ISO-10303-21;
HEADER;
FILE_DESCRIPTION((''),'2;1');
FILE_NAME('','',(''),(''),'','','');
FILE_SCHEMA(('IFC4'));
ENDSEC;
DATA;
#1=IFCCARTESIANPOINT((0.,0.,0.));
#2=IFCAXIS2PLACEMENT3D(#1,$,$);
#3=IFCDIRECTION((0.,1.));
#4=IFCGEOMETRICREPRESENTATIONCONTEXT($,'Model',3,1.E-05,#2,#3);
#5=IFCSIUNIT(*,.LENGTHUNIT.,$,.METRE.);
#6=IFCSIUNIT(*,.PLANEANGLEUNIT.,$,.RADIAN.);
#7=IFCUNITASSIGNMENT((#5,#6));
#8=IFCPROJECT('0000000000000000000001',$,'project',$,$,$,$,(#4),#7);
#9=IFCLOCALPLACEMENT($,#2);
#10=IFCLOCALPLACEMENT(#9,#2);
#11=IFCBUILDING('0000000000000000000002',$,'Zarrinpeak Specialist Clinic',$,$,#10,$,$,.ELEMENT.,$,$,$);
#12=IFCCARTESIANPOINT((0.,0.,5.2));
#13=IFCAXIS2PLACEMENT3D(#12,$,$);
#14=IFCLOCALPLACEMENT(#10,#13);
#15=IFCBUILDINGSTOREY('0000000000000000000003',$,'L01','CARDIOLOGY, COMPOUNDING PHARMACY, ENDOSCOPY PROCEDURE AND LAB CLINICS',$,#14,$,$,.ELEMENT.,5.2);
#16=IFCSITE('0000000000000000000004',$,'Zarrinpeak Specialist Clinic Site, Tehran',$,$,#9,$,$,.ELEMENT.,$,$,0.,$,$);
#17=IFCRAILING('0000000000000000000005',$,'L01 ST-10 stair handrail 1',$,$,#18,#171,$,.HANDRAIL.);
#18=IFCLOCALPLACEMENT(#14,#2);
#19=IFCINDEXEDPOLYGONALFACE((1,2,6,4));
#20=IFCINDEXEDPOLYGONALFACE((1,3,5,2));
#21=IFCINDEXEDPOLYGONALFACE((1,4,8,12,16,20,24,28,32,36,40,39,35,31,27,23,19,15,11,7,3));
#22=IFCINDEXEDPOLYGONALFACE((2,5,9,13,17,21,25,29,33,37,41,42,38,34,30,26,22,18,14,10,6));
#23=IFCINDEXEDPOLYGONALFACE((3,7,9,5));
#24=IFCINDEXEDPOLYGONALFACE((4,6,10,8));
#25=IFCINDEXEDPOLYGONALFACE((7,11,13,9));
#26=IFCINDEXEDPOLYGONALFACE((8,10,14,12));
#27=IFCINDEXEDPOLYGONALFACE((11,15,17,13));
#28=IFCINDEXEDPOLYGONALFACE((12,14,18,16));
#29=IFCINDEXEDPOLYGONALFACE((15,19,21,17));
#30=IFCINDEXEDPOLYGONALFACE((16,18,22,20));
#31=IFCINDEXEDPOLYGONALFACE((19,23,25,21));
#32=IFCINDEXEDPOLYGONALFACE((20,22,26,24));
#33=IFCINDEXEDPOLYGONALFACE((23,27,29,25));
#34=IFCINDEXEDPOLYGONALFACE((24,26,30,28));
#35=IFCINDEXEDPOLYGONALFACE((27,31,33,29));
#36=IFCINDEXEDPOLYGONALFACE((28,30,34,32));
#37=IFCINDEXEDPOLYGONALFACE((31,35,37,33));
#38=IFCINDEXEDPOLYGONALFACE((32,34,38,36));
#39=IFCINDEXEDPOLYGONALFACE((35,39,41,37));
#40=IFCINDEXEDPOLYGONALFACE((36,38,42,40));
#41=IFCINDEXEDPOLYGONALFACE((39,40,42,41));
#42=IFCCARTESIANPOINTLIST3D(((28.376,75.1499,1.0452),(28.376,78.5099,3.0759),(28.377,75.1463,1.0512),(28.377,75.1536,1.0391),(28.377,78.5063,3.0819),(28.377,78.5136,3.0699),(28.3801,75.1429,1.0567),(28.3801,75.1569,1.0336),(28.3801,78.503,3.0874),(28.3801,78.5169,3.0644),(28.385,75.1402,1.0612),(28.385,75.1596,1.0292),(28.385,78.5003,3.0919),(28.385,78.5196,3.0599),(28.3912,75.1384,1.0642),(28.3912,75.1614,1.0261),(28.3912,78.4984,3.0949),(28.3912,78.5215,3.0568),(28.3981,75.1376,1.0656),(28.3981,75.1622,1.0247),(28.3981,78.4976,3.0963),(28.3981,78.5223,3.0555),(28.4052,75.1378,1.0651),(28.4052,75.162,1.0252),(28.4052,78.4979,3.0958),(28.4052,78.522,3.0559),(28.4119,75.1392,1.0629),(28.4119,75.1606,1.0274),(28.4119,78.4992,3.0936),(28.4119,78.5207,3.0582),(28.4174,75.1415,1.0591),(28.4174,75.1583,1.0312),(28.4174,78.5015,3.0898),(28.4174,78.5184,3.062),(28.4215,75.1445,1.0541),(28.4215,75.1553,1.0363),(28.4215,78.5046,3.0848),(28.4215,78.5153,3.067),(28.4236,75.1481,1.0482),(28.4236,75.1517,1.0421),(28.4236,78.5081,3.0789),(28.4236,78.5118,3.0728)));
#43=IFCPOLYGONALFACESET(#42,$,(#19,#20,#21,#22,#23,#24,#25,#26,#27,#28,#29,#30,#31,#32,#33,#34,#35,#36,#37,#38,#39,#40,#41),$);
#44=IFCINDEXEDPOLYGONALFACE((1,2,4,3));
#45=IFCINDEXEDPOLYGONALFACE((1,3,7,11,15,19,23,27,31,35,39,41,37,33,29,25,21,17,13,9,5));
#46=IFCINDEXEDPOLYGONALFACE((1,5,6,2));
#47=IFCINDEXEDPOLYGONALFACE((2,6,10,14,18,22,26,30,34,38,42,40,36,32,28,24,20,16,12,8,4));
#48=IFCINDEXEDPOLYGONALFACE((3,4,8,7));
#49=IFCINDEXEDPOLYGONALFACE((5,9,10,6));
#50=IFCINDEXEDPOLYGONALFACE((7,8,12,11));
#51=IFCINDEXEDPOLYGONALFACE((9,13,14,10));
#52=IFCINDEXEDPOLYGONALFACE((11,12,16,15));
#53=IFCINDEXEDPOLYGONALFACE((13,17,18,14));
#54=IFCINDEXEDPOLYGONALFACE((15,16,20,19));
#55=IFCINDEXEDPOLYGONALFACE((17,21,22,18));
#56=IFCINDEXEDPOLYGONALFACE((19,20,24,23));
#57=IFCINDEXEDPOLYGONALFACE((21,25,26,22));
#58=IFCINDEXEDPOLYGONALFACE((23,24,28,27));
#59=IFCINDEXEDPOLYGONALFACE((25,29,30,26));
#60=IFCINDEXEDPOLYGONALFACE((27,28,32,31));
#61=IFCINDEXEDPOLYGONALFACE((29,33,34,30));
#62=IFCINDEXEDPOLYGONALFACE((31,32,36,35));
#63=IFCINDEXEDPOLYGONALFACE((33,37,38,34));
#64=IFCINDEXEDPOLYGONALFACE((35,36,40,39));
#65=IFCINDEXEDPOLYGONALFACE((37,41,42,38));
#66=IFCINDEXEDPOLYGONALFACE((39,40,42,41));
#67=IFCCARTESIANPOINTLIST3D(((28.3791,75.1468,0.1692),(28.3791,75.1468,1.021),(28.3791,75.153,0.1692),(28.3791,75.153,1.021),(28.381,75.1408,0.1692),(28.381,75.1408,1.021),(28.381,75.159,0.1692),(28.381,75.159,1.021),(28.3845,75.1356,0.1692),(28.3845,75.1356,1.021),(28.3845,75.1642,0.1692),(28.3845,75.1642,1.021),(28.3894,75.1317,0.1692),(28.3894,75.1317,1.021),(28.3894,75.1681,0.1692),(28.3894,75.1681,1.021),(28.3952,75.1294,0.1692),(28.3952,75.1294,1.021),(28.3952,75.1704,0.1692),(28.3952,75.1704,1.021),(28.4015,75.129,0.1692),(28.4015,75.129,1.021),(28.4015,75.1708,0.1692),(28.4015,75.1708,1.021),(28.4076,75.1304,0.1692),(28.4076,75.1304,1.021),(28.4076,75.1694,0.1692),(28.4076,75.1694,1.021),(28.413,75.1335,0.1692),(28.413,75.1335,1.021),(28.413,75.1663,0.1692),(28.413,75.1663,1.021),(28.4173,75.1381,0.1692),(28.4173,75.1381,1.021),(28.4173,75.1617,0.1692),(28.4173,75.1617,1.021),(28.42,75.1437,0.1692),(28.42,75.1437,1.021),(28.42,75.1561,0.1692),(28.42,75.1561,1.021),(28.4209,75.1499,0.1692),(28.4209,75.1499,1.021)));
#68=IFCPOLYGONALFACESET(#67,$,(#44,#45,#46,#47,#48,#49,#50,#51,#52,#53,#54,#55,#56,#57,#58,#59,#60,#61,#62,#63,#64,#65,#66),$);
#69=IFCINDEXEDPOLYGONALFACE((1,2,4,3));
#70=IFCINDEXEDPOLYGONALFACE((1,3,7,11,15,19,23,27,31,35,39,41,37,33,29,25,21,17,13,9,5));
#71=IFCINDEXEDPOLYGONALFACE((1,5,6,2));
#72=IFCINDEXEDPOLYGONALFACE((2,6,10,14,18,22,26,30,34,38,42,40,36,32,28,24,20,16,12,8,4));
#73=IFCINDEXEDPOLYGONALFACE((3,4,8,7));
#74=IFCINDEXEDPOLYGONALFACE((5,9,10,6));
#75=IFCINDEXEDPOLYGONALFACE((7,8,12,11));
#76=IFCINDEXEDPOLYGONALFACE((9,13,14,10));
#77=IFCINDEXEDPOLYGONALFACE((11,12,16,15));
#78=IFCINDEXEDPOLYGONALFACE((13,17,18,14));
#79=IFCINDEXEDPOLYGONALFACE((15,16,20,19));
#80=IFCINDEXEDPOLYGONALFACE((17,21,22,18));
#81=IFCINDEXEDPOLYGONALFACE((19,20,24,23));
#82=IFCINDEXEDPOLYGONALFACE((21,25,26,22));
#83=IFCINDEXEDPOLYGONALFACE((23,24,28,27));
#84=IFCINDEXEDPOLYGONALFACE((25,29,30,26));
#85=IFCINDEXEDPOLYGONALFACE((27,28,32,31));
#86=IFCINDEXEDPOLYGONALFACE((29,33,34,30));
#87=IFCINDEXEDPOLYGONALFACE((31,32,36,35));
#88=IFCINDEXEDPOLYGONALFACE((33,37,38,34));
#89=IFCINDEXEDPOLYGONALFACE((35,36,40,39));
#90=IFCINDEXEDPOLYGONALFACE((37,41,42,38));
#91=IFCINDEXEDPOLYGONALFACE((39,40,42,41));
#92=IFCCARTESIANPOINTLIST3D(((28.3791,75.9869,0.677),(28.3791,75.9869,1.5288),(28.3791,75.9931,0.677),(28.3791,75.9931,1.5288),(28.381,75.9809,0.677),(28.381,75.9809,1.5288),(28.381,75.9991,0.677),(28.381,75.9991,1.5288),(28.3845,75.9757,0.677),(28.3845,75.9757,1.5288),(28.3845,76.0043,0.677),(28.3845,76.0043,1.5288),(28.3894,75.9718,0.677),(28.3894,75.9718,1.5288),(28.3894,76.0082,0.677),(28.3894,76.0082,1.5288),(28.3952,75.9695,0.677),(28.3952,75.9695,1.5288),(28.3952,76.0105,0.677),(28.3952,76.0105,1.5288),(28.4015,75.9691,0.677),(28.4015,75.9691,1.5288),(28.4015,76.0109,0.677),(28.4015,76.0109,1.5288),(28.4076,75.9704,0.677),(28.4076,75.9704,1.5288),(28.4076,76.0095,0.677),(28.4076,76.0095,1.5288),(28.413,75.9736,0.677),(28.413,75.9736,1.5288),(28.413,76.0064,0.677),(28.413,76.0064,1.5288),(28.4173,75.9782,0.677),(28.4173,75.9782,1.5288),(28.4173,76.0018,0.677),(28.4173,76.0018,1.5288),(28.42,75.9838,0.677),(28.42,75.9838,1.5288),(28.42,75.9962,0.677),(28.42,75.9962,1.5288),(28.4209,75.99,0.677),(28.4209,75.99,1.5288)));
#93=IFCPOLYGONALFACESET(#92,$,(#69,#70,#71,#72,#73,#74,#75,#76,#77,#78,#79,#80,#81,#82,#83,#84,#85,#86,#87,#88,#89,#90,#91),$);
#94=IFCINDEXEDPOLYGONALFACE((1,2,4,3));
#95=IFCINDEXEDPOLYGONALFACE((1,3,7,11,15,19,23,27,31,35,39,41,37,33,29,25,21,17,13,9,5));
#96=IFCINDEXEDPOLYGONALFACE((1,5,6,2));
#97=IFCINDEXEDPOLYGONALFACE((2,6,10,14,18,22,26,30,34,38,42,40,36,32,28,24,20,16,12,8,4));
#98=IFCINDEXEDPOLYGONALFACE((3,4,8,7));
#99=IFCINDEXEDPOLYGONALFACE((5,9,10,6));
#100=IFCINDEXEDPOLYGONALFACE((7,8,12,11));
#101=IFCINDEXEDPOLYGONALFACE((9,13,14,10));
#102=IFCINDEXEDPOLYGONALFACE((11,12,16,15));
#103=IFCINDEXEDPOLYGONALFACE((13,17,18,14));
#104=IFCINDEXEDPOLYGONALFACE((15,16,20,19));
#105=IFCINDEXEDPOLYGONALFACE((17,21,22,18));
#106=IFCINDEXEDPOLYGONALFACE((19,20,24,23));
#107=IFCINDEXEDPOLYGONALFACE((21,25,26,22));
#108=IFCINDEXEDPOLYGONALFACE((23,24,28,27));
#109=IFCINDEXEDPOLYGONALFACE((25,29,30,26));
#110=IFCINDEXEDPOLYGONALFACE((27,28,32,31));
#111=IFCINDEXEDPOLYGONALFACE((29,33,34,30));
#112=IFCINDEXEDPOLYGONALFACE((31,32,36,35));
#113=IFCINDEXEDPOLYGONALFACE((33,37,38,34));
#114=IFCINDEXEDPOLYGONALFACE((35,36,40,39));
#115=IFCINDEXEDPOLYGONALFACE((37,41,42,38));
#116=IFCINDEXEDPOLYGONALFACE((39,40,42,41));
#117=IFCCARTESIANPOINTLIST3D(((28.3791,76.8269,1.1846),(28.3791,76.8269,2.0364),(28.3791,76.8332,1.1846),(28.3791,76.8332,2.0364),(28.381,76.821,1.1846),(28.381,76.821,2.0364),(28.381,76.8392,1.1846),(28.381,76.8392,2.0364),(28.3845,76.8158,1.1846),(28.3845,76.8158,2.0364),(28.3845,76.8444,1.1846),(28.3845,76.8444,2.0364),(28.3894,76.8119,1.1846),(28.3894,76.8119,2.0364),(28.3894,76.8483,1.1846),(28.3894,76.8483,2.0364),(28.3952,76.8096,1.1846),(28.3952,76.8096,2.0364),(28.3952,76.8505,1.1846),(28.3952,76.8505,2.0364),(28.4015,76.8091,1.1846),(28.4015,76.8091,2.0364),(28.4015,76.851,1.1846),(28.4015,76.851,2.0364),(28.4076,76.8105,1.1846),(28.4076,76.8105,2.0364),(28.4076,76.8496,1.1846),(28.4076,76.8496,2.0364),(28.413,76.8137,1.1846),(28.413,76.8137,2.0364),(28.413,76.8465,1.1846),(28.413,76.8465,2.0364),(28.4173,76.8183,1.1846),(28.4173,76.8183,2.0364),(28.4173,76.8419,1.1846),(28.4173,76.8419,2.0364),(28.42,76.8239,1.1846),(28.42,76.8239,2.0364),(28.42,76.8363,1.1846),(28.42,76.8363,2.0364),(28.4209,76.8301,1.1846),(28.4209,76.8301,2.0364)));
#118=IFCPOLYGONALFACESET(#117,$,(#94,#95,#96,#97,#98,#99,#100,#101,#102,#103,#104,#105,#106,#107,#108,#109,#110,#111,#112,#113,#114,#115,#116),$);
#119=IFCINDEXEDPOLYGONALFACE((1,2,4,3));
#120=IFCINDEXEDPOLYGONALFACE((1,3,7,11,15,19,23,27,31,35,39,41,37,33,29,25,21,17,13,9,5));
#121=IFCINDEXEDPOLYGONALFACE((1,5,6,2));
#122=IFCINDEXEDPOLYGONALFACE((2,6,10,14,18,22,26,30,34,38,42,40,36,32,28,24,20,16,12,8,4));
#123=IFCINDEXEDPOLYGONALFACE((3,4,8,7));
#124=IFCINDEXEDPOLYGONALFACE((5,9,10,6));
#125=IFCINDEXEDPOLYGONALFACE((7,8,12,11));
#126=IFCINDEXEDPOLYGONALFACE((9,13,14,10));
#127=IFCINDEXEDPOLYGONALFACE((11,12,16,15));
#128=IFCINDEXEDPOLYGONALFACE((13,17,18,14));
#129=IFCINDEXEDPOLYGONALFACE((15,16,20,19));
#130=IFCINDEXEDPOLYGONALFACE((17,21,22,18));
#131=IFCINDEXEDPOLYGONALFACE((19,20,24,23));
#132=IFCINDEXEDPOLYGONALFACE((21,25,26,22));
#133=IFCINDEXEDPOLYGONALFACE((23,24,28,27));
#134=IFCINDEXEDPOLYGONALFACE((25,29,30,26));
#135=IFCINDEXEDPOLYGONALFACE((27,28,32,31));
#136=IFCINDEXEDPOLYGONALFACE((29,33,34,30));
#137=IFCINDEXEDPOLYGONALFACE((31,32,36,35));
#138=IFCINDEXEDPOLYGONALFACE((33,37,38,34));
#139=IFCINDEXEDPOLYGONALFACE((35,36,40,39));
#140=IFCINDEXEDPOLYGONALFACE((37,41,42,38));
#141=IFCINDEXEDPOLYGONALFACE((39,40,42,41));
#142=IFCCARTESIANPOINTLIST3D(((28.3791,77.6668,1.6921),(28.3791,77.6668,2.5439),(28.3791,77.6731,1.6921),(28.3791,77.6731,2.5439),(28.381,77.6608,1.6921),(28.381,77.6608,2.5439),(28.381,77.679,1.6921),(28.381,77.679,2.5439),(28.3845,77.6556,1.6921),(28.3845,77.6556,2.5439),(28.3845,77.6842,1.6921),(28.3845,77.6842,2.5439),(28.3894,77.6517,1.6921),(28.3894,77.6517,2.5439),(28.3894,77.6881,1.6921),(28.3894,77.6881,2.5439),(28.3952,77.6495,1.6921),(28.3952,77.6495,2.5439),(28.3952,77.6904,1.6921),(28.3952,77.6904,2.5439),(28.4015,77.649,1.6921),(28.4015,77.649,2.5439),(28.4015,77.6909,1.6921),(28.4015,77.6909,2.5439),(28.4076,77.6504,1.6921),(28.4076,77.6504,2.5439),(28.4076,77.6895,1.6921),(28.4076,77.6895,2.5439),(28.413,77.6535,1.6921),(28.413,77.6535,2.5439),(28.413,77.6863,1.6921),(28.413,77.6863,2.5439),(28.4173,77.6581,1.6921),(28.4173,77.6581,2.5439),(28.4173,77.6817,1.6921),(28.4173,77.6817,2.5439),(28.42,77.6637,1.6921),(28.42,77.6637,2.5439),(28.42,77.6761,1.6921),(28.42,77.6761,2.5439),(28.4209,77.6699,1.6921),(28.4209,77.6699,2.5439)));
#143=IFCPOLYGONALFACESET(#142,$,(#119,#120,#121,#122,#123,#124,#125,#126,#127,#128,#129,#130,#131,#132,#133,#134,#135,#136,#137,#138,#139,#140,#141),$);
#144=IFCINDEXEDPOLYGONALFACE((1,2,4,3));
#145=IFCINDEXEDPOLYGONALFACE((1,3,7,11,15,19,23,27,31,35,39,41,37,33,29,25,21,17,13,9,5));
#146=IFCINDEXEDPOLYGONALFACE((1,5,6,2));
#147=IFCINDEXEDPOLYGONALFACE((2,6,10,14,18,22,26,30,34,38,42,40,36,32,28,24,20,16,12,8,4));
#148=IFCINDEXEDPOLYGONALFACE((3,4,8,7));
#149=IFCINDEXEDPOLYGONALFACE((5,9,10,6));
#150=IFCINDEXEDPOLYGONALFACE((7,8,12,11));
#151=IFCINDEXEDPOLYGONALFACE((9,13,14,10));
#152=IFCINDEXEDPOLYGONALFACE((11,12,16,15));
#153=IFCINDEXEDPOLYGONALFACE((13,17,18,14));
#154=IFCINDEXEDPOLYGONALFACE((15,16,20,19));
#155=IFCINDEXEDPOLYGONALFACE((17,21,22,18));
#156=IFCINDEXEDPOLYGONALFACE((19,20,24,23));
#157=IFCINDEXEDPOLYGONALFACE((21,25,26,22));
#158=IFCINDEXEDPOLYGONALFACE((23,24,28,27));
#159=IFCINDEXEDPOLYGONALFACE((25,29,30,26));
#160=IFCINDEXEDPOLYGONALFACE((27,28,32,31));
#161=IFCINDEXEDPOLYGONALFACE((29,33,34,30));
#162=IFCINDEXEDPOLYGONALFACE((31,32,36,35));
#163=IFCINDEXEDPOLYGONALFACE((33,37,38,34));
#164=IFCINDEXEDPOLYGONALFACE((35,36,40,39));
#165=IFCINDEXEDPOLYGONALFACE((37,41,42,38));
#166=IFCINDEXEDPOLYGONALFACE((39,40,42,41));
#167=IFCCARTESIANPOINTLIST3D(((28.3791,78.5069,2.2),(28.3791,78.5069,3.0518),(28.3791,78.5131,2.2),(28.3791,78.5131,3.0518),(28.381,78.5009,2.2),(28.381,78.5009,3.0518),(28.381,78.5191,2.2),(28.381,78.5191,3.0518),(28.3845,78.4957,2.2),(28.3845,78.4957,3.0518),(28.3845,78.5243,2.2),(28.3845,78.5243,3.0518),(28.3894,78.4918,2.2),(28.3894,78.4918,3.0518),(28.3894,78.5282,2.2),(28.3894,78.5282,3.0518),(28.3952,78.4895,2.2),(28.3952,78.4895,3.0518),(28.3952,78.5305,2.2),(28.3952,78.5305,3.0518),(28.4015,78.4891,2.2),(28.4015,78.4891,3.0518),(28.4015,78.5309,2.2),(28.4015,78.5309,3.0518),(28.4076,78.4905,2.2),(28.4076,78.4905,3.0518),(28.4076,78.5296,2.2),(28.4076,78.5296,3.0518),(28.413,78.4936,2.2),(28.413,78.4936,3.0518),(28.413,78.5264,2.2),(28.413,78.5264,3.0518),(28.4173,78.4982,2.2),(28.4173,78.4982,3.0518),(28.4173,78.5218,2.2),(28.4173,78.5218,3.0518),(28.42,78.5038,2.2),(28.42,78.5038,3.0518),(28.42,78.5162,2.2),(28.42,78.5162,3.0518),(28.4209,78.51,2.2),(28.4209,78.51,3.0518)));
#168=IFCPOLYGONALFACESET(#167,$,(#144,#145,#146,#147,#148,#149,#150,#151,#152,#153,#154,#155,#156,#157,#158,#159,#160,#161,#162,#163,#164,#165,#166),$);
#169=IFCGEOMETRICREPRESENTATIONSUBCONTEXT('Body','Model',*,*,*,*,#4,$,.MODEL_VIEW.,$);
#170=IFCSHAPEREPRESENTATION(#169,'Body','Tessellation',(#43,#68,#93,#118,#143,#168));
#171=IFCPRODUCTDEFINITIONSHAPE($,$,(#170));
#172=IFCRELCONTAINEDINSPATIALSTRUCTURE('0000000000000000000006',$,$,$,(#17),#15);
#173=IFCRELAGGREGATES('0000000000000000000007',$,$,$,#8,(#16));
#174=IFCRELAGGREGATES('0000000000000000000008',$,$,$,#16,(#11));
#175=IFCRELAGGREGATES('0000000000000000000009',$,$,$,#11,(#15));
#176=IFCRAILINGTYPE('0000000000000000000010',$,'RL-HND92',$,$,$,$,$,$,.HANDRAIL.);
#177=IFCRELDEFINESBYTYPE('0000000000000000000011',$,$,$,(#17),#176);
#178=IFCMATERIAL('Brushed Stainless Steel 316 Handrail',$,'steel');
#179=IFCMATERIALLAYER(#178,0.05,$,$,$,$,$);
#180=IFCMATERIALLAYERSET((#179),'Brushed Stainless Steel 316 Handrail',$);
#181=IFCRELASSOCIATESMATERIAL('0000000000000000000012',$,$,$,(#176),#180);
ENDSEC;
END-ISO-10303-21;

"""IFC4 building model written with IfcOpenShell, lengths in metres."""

from ifc_helpers import new_model, si_unit, direction, frame, origin, origin_2d, place, context, subcontext, project, spatial, circle, extrude, material, layer, layer_set, type_object, element, save


model = new_model("IFC4")

# Units and contexts
model_context = context("Model", 3, precision=1e-05, world=origin(), true_north=direction((0.0, 1.0)))
body_context = subcontext(model_context, "Body", "Model", "MODEL_VIEW")
ifc_project = project(units=[si_unit("LENGTHUNIT", "METRE"), si_unit("PLANEANGLEUNIT", "RADIAN")], contexts=[model_context])

# Site, building, storey
site_placement = place(None, origin())
site = spatial("IfcSite", under=ifc_project, at=site_placement, Name="Zarrinpeak Specialist Clinic Site, Tehran", CompositionType="ELEMENT", RefElevation=0.0)
building_placement = place(site_placement, origin())
building = spatial("IfcBuilding", under=site, at=building_placement, Name="Zarrinpeak Specialist Clinic", CompositionType="ELEMENT")
storey_placement = place(building_placement, frame((0.0, 0.0, 5.2)))
storey = spatial("IfcBuildingStorey", under=building, at=storey_placement, Name="L01", Description="CARDIOLOGY, COMPOUNDING PHARMACY, ENDOSCOPY PROCEDURE AND LAB CLINICS", CompositionType="ELEMENT", Elevation=5.2)

# Railing
ifc_material_1 = material(Name="Brushed Stainless Steel 316 Handrail", Category="steel")
ifc_layer_1 = layer(ifc_material_1, 0.05)
ifc_layer_set_1 = layer_set([ifc_layer_1], Name="Brushed Stainless Steel 316 Handrail")
railing_type_1 = type_object("IfcRailingType", Name="RL-HND92", PredefinedType="HANDRAIL", material=ifc_layer_set_1)
railing_1_placement = place(storey_placement, frame((28.3999, 75.1499, 0.1692)))
element("IfcRailing", 1, at=railing_1_placement, inside=storey, type_object=railing_type_1, Name="L01 ST-10 stair handrail 1", PredefinedType="HANDRAIL", context=body_context, shape_type="SweptSolid", body=[
    extrude(circle(Radius=0.0239, at=origin_2d()), frame((0.0, 0.0, 0.876), z_axis=(0.0, 0.855837, 0.517246), x_axis=(-1.0, 0.0, 0.0)), (0.0, 0.0, 1.0), 3.926),
    extrude(circle(Radius=0.021, at=origin_2d()), origin(), (0.0, 0.0, 1.0), 0.8518),
    extrude(circle(Radius=0.021, at=origin_2d()), frame((0.0, 0.8401, 0.5078)), (0.0, 0.0, 1.0), 0.8518),
    extrude(circle(Radius=0.021, at=origin_2d()), frame((0.0, 1.6802, 1.0154)), (0.0, 0.0, 1.0), 0.8518),
    extrude(circle(Radius=0.021, at=origin_2d()), frame((0.0, 2.52, 1.5229)), (0.0, 0.0, 1.0), 0.8518),
    extrude(circle(Radius=0.021, at=origin_2d()), frame((0.0, 3.3601, 2.0308)), (0.0, 0.0, 1.0), 0.8518),
])

save(model, "model.ifc")
